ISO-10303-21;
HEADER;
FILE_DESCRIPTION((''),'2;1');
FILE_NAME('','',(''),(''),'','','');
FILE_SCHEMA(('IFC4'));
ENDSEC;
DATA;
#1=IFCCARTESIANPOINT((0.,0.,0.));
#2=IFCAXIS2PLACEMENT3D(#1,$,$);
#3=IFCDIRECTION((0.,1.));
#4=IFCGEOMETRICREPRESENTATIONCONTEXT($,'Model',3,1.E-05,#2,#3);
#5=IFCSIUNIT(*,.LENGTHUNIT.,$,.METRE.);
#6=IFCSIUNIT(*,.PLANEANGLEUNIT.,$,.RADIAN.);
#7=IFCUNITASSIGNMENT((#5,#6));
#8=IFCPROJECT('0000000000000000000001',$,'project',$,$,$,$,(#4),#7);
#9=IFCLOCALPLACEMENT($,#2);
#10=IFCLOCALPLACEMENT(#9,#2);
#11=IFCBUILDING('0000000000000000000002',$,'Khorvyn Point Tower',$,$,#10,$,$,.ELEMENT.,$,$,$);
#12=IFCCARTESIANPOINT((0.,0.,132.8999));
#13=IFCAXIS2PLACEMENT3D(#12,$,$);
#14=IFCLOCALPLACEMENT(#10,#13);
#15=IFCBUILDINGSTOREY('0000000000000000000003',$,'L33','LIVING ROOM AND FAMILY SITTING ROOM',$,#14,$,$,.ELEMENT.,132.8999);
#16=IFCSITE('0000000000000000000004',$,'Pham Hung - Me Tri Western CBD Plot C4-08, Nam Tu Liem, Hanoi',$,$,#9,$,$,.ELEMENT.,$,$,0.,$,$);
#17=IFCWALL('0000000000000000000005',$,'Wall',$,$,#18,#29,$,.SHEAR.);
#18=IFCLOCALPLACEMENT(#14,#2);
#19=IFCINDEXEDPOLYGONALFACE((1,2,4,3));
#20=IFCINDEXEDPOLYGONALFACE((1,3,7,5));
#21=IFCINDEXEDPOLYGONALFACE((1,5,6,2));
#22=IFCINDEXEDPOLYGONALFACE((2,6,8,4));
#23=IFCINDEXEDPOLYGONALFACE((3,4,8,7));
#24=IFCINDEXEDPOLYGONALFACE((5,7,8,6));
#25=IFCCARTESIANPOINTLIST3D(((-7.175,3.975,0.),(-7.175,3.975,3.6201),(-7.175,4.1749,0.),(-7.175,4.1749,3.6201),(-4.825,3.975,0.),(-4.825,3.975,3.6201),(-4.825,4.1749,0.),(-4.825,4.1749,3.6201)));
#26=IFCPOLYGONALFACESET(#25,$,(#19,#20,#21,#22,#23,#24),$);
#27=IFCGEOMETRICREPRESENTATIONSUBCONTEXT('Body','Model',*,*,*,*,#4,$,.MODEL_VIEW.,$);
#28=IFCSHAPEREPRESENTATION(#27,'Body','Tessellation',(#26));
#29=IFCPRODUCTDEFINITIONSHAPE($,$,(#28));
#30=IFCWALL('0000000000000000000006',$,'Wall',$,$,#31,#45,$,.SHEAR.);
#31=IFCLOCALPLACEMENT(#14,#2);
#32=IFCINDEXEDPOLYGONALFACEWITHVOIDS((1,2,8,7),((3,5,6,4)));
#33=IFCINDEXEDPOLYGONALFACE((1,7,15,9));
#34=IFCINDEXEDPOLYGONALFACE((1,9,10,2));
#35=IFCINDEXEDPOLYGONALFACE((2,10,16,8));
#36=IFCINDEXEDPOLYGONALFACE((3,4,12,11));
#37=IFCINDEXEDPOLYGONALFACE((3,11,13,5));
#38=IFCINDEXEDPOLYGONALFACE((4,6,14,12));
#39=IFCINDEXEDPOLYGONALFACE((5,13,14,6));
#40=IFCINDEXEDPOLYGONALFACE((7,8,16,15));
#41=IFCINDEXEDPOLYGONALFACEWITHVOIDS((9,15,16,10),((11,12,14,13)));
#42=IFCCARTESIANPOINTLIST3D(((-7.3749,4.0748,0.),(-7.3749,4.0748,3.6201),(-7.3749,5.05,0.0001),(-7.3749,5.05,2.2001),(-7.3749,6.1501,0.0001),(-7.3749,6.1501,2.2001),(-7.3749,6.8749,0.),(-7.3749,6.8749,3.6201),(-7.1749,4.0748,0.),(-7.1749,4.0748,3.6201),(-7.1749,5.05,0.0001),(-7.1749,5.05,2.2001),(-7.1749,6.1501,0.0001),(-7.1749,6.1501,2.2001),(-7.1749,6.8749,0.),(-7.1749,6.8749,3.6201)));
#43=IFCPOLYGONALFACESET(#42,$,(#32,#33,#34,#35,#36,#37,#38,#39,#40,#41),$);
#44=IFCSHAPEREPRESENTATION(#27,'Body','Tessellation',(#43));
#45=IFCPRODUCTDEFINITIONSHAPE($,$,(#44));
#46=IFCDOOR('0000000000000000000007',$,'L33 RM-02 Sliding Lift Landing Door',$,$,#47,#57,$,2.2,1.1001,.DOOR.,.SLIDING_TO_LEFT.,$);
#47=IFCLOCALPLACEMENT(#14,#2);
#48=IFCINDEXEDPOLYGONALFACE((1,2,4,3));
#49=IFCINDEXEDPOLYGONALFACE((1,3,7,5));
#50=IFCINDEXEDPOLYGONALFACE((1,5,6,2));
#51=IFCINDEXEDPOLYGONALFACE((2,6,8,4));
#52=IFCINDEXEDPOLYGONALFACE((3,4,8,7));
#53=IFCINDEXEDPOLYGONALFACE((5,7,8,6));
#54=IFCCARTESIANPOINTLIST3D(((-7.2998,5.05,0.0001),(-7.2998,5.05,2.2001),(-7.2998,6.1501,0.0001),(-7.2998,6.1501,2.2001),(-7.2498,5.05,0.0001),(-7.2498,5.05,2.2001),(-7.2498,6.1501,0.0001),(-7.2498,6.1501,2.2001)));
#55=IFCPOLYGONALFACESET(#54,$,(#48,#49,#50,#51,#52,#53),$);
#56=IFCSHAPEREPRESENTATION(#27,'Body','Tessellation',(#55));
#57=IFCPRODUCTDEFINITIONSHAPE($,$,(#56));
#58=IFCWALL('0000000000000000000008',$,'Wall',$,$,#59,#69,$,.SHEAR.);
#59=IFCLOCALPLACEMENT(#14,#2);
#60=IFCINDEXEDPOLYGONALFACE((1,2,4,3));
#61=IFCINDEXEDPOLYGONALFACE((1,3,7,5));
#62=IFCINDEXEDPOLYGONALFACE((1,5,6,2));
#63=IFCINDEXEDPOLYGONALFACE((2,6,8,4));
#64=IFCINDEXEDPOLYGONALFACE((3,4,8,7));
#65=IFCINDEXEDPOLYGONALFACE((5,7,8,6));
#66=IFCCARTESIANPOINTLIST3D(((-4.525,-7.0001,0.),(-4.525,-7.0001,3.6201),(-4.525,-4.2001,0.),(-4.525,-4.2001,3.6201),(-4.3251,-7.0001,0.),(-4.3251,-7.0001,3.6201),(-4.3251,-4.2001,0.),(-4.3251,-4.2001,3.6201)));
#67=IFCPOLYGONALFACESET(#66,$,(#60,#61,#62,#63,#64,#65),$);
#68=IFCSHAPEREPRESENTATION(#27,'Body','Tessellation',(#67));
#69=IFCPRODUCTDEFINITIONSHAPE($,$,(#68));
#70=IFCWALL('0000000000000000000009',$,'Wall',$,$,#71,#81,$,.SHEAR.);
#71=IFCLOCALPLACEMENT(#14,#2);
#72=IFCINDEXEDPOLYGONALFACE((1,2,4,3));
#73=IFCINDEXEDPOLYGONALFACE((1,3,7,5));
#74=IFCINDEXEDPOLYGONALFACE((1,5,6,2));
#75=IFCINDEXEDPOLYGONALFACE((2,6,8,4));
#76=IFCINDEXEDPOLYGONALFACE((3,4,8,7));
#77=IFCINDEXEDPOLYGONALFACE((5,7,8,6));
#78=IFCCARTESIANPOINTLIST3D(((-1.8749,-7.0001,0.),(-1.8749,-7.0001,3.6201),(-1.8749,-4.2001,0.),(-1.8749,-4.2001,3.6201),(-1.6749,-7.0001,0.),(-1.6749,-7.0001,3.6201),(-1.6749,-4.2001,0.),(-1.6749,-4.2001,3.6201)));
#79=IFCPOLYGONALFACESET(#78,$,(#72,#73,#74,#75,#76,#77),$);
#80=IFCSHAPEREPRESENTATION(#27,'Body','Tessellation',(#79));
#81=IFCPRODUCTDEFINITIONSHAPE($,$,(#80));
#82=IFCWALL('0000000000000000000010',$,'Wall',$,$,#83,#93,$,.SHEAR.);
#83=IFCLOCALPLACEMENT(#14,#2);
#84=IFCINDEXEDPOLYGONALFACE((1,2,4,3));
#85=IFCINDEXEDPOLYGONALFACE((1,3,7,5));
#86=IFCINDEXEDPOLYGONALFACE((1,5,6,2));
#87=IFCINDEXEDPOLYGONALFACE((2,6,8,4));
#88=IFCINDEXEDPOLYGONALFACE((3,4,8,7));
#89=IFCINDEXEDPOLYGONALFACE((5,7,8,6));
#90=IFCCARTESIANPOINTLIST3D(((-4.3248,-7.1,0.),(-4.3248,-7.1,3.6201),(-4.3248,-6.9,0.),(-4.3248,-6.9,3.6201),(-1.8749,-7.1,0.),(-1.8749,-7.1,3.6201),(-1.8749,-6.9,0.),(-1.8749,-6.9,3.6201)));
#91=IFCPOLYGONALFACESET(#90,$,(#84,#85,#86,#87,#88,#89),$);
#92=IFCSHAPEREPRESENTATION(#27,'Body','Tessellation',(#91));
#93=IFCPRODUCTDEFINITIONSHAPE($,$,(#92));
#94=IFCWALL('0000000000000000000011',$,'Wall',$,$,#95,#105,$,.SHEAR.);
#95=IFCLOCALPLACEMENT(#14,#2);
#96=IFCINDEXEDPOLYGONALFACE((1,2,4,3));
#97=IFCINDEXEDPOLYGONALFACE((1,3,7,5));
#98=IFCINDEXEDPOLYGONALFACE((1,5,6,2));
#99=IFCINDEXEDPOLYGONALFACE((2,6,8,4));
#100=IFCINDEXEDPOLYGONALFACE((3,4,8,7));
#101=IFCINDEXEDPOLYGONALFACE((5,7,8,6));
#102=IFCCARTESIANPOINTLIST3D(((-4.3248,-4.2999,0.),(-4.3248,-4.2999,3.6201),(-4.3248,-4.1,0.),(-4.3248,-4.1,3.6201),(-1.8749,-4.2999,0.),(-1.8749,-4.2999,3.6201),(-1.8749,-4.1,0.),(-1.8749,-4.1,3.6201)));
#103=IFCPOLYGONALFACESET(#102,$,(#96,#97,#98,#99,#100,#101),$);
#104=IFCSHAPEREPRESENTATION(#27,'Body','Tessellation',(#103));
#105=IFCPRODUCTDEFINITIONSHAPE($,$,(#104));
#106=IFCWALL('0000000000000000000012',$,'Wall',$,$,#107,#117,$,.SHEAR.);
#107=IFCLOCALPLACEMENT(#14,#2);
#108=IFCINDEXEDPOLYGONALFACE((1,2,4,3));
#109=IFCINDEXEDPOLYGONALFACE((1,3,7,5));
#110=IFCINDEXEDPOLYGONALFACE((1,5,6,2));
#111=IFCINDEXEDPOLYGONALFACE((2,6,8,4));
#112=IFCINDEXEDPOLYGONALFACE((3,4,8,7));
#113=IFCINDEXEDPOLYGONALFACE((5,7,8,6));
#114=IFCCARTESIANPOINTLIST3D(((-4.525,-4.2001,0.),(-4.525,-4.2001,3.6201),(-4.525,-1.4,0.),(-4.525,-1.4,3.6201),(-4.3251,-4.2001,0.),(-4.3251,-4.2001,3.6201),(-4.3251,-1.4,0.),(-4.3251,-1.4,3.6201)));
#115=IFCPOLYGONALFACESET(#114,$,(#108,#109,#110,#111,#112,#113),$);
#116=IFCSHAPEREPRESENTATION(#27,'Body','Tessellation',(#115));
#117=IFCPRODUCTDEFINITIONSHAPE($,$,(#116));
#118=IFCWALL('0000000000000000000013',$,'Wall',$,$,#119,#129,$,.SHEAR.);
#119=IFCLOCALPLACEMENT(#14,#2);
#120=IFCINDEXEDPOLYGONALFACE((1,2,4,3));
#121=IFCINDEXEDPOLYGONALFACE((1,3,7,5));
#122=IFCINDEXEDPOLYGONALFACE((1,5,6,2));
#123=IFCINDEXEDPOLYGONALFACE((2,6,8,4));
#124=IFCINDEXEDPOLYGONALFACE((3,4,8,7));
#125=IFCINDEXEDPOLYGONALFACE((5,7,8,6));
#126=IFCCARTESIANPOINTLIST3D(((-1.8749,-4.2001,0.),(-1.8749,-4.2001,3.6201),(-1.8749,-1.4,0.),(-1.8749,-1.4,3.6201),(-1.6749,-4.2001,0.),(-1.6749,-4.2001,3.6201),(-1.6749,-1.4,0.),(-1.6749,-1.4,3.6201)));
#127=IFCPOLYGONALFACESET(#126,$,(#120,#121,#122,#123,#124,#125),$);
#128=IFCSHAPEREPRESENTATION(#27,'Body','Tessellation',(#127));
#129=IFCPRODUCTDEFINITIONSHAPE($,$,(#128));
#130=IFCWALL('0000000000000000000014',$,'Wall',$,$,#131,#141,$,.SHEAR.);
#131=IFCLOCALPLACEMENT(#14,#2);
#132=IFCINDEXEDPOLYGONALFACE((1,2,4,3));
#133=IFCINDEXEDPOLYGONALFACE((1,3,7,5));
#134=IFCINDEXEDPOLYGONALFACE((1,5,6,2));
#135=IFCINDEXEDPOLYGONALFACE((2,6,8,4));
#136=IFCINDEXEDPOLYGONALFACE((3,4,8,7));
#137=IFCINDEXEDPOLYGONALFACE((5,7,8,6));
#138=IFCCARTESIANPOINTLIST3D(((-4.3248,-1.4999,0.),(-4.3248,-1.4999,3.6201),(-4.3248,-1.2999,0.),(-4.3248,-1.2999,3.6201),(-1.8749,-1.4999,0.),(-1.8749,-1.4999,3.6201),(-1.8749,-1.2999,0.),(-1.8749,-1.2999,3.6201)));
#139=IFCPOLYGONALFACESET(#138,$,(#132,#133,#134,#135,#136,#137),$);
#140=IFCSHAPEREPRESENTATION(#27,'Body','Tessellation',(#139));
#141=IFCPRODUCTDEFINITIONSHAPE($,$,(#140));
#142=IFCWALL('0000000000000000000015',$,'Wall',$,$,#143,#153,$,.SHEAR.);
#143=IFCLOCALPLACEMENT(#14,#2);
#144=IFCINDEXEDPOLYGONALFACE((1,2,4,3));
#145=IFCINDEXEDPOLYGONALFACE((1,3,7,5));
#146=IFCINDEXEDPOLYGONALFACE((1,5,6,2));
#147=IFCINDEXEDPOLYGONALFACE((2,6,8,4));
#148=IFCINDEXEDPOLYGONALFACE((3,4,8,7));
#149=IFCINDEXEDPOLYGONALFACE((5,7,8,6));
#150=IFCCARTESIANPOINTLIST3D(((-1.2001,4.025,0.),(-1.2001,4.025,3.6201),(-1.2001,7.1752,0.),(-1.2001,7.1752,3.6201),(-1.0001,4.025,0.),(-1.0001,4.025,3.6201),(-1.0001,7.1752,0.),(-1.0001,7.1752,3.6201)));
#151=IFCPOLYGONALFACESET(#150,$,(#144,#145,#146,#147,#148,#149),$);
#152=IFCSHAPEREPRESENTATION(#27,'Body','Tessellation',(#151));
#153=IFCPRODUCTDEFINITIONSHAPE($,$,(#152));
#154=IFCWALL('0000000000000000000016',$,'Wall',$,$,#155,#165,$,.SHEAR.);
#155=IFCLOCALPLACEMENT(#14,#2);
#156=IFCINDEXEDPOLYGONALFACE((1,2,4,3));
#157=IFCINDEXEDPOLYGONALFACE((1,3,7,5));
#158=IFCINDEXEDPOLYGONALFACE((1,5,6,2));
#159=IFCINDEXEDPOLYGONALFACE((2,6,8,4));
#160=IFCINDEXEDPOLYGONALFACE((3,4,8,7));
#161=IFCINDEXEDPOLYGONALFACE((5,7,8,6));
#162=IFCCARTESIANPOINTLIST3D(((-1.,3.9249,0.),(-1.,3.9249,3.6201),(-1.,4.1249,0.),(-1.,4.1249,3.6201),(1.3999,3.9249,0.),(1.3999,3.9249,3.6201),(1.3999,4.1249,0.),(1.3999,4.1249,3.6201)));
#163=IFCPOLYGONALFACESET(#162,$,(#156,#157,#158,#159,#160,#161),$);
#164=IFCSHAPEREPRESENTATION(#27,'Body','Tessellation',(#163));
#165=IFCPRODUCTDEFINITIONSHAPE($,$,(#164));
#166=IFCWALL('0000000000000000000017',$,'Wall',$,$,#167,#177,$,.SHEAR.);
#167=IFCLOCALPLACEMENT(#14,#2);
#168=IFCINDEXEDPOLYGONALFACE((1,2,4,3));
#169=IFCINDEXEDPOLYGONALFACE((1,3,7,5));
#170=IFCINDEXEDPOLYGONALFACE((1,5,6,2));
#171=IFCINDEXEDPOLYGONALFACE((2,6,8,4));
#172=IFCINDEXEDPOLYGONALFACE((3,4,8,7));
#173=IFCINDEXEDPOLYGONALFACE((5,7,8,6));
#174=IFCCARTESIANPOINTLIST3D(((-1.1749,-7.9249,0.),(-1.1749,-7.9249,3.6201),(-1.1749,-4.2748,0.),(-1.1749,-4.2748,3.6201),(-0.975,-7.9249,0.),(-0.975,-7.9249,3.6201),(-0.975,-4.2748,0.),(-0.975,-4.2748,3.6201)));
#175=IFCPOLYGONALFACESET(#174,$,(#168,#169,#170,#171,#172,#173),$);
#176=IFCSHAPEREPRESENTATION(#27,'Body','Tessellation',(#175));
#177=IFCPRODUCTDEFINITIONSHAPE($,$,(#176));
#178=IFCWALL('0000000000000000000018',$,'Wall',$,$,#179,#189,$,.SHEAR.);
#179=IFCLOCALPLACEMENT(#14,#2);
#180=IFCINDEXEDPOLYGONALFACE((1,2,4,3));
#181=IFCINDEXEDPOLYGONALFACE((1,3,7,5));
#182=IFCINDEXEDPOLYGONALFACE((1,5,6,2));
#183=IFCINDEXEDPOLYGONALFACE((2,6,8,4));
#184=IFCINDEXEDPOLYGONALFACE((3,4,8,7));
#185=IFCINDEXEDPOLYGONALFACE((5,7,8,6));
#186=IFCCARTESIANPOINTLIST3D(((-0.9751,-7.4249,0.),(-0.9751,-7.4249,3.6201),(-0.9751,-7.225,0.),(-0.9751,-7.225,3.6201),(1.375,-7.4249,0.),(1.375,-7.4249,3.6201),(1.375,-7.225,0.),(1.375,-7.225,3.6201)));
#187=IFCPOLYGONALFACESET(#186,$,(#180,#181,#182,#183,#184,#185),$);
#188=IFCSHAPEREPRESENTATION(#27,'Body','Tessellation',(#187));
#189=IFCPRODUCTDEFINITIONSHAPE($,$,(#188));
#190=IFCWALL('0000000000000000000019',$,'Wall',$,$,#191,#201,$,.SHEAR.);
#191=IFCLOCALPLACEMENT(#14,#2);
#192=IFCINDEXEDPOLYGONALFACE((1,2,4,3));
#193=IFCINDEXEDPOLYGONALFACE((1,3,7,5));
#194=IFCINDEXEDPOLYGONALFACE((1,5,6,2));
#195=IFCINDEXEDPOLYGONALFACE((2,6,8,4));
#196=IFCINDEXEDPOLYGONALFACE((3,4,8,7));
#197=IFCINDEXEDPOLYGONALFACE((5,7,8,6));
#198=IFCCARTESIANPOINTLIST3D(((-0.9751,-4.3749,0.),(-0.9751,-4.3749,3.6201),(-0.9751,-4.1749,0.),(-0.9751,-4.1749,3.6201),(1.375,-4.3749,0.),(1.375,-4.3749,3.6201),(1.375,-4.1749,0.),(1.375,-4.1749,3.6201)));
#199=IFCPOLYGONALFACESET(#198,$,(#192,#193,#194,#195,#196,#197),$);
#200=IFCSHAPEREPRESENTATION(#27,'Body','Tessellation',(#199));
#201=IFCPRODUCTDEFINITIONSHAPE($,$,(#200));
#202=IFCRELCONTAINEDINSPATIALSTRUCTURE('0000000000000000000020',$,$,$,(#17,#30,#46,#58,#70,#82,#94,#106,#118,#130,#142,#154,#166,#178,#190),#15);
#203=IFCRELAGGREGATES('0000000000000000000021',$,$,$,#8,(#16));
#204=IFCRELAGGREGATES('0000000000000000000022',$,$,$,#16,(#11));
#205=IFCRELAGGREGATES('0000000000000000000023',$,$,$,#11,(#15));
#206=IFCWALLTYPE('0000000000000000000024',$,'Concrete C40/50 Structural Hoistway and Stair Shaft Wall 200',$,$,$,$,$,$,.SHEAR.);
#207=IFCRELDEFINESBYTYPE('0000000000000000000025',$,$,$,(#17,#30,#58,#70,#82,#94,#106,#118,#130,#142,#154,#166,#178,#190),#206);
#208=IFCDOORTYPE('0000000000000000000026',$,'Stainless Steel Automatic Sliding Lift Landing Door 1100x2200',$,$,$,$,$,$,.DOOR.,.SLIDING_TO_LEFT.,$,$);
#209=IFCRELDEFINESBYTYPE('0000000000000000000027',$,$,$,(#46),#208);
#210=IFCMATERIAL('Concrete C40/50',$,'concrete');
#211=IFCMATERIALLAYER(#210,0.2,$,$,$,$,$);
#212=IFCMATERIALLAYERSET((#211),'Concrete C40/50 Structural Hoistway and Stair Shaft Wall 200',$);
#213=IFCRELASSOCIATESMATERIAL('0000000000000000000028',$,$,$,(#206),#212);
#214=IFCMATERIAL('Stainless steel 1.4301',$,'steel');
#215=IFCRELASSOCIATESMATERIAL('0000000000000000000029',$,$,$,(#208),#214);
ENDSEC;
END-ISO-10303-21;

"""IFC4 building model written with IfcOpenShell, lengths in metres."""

from ifc_helpers import new_model, si_unit, direction, frame, frame_2d, origin, place, context, subcontext, project, spatial, rectangle, extrude, material, layer, layer_set, type_object, element, fill, save


model = new_model("IFC4")

# Units and contexts
model_context = context("Model", 3, precision=1e-05, world=origin(), true_north=direction((0.0, 1.0)))
body_context = subcontext(model_context, "Body", "Model", "MODEL_VIEW")
ifc_project = project(units=[si_unit("LENGTHUNIT", "METRE"), si_unit("PLANEANGLEUNIT", "RADIAN")], contexts=[model_context])

# Site, building, storey
site_placement = place(None, origin())
site = spatial("IfcSite", under=ifc_project, at=site_placement, Name="Pham Hung - Me Tri Western CBD Plot C4-08, Nam Tu Liem, Hanoi", CompositionType="ELEMENT", RefElevation=0.0)
building_placement = place(site_placement, origin())
building = spatial("IfcBuilding", under=site, at=building_placement, Name="Khorvyn Point Tower", CompositionType="ELEMENT")
storey_placement = place(building_placement, frame((0.0, 0.0, 132.8999)))
storey = spatial("IfcBuildingStorey", under=building, at=storey_placement, Name="L33", Description="LIVING ROOM AND FAMILY SITTING ROOM", CompositionType="ELEMENT", Elevation=132.8999)

# Shared definitions
ifc_material_1 = material(Name="Concrete C40/50", Category="concrete")

# Wall
ifc_layer_1 = layer(ifc_material_1, 0.2)
ifc_layer_set_1 = layer_set([ifc_layer_1], Name="Concrete C40/50 Structural Hoistway and Stair Shaft Wall 200")
wall_type_1 = type_object("IfcWallType", Name="Concrete C40/50 Structural Hoistway and Stair Shaft Wall 200", PredefinedType="SHEAR", material=ifc_layer_set_1)
for number, where, z_axis, x_axis, name in (
    (1, (-7.175, 4.075, 0.0), (0.0, 0.0, 1.0), (1.0, 0.0, 0.0), "Wall"),
):
    element("IfcWall", number, at=place(storey_placement, frame(where, z_axis=z_axis, x_axis=x_axis)), inside=storey, type_object=wall_type_1, Name=name, PredefinedType="SHEAR", context=body_context, shape_type="SweptSolid", body=[
        extrude(rectangle(XDim=2.3501, YDim=0.2, at=frame_2d((1.175, 0.0))), origin(), (0.0, 0.0, 1.0), 3.6201),
    ])

# Wall, opening, door
wall_1_placement = place(storey_placement, frame((-7.2749, 4.075, 0.0), z_axis=(0.0, 0.0, 1.0), x_axis=(0.0, 1.0, 0.0)))
wall_1 = element("IfcWall", 2, at=wall_1_placement, inside=storey, type_object=wall_type_1, Name="Wall", PredefinedType="SHEAR", context=body_context, shape_type="SweptSolid", body=[
    extrude(rectangle(XDim=2.8, YDim=0.2, at=frame_2d((1.3999, 0.0))), origin(), (0.0, 0.0, 1.0), 3.6201),
])
opening_1_placement = place(wall_1_placement, frame((0.9751, 0.0, 0.0)))
opening_1 = element("IfcOpeningElement", 3, at=opening_1_placement, cuts=wall_1, PredefinedType="OPENING", context=body_context, shape_type="SweptSolid", body=[
    extrude(rectangle(XDim=1.1001, YDim=2.2, at=frame_2d((0.55, 1.1001))), frame((0.0, 0.1099, 0.0), z_axis=(0.0, -1.0, 0.0), x_axis=(1.0, 0.0, 0.0)), (0.0, 0.0, 1.0), 0.22),
])
ifc_material_2 = material(Name="Stainless steel 1.4301", Category="steel")
door_type_1 = type_object("IfcDoorType", Name="Stainless Steel Automatic Sliding Lift Landing Door 1100x2200", OperationType="SLIDING_TO_LEFT", PredefinedType="DOOR", material=ifc_material_2)
door_1_placement = place(opening_1_placement, origin())
door_1 = element("IfcDoor", 4, at=door_1_placement, inside=storey, type_object=door_type_1, Name="L33 RM-02 Sliding Lift Landing Door", OperationType="SLIDING_TO_LEFT", OverallHeight=2.2, OverallWidth=1.1001, PredefinedType="DOOR", context=body_context, shape_type="SweptSolid", body=[
    extrude(rectangle(XDim=1.1001, YDim=2.2, at=frame_2d((0.55, 1.1001))), frame((0.0, 0.0249, 0.0), z_axis=(0.0, -1.0, 0.0), x_axis=(1.0, 0.0, 0.0)), (0.0, 0.0, 1.0), 0.05),
])
fill(opening_1, door_1)

# Walls
for number, where, z_axis, x_axis, name in (
    (5, (-4.425, -7.0, 0.0), (0.0, 0.0, 1.0), (0.0, 1.0, 0.0), "Wall"),
    (6, (-1.7749, -7.0, 0.0), (0.0, 0.0, 1.0), (0.0, 1.0, 0.0), "Wall"),
):
    element("IfcWall", number, at=place(storey_placement, frame(where, z_axis=z_axis, x_axis=x_axis)), inside=storey, type_object=wall_type_1, Name=name, PredefinedType="SHEAR", context=body_context, shape_type="SweptSolid", body=[
        extrude(rectangle(XDim=2.8, YDim=0.2, at=frame_2d((1.3999, 0.0))), origin(), (0.0, 0.0, 1.0), 3.6201),
    ])
for number, where, z_axis, x_axis, name in (
    (7, (-4.325, -7.0, 0.0), (0.0, 0.0, 1.0), (1.0, 0.0, 0.0), "Wall"),
    (8, (-4.325, -4.2, 0.0), (0.0, 0.0, 1.0), (1.0, 0.0, 0.0), "Wall"),
):
    element("IfcWall", number, at=place(storey_placement, frame(where, z_axis=z_axis, x_axis=x_axis)), inside=storey, type_object=wall_type_1, Name=name, PredefinedType="SHEAR", context=body_context, shape_type="SweptSolid", body=[
        extrude(rectangle(XDim=2.45, YDim=0.2, at=frame_2d((1.2251, 0.0))), origin(), (0.0, 0.0, 1.0), 3.6201),
    ])
for number, where, z_axis, x_axis, name in (
    (9, (-4.425, -4.2, 0.0), (0.0, 0.0, 1.0), (0.0, 1.0, 0.0), "Wall"),
    (10, (-1.7749, -4.2, 0.0), (0.0, 0.0, 1.0), (0.0, 1.0, 0.0), "Wall"),
):
    element("IfcWall", number, at=place(storey_placement, frame(where, z_axis=z_axis, x_axis=x_axis)), inside=storey, type_object=wall_type_1, Name=name, PredefinedType="SHEAR", context=body_context, shape_type="SweptSolid", body=[
        extrude(rectangle(XDim=2.8, YDim=0.2, at=frame_2d((1.3999, 0.0))), origin(), (0.0, 0.0, 1.0), 3.6201),
    ])
wall_2_placement = place(storey_placement, frame((-4.325, -1.3999, 0.0), z_axis=(0.0, 0.0, 1.0), x_axis=(1.0, 0.0, 0.0)))
element("IfcWall", 11, at=wall_2_placement, inside=storey, type_object=wall_type_1, Name="Wall", PredefinedType="SHEAR", context=body_context, shape_type="SweptSolid", body=[
    extrude(rectangle(XDim=2.45, YDim=0.2, at=frame_2d((1.2251, 0.0))), origin(), (0.0, 0.0, 1.0), 3.6201),
])
wall_3_placement = place(storey_placement, frame((-1.1001, 4.0249, 0.0), z_axis=(0.0, 0.0, 1.0), x_axis=(0.0, 1.0, 0.0)))
element("IfcWall", 12, at=wall_3_placement, inside=storey, type_object=wall_type_1, Name="Wall", PredefinedType="SHEAR", context=body_context, shape_type="SweptSolid", body=[
    extrude(rectangle(XDim=3.1501, YDim=0.2, at=frame_2d((1.5752, 0.0))), origin(), (0.0, 0.0, 1.0), 3.6201),
])
wall_4_placement = place(storey_placement, frame((-1.0, 4.0249, 0.0), z_axis=(0.0, 0.0, 1.0), x_axis=(1.0, 0.0, 0.0)))
element("IfcWall", 13, at=wall_4_placement, inside=storey, type_object=wall_type_1, Name="Wall", PredefinedType="SHEAR", context=body_context, shape_type="SweptSolid", body=[
    extrude(rectangle(XDim=2.3999, YDim=0.2, at=frame_2d((1.2, 0.0))), origin(), (0.0, 0.0, 1.0), 3.6201),
])
wall_5_placement = place(storey_placement, frame((-1.075, -7.925, 0.0), z_axis=(0.0, 0.0, 1.0), x_axis=(0.0, 1.0, 0.0)))
element("IfcWall", 14, at=wall_5_placement, inside=storey, type_object=wall_type_1, Name="Wall", PredefinedType="SHEAR", context=body_context, shape_type="SweptSolid", body=[
    extrude(rectangle(XDim=3.6501, YDim=0.2, at=frame_2d((1.8252, 0.0))), origin(), (0.0, 0.0, 1.0), 3.6201),
])
for number, where, z_axis, x_axis, name in (
    (15, (-0.9751, -7.325, 0.0), (0.0, 0.0, 1.0), (1.0, 0.0, 0.0), "Wall"),
    (16, (-0.9751, -4.2749, 0.0), (0.0, 0.0, 1.0), (1.0, 0.0, 0.0), "Wall"),
):
    element("IfcWall", number, at=place(storey_placement, frame(where, z_axis=z_axis, x_axis=x_axis)), inside=storey, type_object=wall_type_1, Name=name, PredefinedType="SHEAR", context=body_context, shape_type="SweptSolid", body=[
        extrude(rectangle(XDim=2.3501, YDim=0.2, at=frame_2d((1.175, 0.0))), origin(), (0.0, 0.0, 1.0), 3.6201),
    ])

save(model, "model.ifc")
